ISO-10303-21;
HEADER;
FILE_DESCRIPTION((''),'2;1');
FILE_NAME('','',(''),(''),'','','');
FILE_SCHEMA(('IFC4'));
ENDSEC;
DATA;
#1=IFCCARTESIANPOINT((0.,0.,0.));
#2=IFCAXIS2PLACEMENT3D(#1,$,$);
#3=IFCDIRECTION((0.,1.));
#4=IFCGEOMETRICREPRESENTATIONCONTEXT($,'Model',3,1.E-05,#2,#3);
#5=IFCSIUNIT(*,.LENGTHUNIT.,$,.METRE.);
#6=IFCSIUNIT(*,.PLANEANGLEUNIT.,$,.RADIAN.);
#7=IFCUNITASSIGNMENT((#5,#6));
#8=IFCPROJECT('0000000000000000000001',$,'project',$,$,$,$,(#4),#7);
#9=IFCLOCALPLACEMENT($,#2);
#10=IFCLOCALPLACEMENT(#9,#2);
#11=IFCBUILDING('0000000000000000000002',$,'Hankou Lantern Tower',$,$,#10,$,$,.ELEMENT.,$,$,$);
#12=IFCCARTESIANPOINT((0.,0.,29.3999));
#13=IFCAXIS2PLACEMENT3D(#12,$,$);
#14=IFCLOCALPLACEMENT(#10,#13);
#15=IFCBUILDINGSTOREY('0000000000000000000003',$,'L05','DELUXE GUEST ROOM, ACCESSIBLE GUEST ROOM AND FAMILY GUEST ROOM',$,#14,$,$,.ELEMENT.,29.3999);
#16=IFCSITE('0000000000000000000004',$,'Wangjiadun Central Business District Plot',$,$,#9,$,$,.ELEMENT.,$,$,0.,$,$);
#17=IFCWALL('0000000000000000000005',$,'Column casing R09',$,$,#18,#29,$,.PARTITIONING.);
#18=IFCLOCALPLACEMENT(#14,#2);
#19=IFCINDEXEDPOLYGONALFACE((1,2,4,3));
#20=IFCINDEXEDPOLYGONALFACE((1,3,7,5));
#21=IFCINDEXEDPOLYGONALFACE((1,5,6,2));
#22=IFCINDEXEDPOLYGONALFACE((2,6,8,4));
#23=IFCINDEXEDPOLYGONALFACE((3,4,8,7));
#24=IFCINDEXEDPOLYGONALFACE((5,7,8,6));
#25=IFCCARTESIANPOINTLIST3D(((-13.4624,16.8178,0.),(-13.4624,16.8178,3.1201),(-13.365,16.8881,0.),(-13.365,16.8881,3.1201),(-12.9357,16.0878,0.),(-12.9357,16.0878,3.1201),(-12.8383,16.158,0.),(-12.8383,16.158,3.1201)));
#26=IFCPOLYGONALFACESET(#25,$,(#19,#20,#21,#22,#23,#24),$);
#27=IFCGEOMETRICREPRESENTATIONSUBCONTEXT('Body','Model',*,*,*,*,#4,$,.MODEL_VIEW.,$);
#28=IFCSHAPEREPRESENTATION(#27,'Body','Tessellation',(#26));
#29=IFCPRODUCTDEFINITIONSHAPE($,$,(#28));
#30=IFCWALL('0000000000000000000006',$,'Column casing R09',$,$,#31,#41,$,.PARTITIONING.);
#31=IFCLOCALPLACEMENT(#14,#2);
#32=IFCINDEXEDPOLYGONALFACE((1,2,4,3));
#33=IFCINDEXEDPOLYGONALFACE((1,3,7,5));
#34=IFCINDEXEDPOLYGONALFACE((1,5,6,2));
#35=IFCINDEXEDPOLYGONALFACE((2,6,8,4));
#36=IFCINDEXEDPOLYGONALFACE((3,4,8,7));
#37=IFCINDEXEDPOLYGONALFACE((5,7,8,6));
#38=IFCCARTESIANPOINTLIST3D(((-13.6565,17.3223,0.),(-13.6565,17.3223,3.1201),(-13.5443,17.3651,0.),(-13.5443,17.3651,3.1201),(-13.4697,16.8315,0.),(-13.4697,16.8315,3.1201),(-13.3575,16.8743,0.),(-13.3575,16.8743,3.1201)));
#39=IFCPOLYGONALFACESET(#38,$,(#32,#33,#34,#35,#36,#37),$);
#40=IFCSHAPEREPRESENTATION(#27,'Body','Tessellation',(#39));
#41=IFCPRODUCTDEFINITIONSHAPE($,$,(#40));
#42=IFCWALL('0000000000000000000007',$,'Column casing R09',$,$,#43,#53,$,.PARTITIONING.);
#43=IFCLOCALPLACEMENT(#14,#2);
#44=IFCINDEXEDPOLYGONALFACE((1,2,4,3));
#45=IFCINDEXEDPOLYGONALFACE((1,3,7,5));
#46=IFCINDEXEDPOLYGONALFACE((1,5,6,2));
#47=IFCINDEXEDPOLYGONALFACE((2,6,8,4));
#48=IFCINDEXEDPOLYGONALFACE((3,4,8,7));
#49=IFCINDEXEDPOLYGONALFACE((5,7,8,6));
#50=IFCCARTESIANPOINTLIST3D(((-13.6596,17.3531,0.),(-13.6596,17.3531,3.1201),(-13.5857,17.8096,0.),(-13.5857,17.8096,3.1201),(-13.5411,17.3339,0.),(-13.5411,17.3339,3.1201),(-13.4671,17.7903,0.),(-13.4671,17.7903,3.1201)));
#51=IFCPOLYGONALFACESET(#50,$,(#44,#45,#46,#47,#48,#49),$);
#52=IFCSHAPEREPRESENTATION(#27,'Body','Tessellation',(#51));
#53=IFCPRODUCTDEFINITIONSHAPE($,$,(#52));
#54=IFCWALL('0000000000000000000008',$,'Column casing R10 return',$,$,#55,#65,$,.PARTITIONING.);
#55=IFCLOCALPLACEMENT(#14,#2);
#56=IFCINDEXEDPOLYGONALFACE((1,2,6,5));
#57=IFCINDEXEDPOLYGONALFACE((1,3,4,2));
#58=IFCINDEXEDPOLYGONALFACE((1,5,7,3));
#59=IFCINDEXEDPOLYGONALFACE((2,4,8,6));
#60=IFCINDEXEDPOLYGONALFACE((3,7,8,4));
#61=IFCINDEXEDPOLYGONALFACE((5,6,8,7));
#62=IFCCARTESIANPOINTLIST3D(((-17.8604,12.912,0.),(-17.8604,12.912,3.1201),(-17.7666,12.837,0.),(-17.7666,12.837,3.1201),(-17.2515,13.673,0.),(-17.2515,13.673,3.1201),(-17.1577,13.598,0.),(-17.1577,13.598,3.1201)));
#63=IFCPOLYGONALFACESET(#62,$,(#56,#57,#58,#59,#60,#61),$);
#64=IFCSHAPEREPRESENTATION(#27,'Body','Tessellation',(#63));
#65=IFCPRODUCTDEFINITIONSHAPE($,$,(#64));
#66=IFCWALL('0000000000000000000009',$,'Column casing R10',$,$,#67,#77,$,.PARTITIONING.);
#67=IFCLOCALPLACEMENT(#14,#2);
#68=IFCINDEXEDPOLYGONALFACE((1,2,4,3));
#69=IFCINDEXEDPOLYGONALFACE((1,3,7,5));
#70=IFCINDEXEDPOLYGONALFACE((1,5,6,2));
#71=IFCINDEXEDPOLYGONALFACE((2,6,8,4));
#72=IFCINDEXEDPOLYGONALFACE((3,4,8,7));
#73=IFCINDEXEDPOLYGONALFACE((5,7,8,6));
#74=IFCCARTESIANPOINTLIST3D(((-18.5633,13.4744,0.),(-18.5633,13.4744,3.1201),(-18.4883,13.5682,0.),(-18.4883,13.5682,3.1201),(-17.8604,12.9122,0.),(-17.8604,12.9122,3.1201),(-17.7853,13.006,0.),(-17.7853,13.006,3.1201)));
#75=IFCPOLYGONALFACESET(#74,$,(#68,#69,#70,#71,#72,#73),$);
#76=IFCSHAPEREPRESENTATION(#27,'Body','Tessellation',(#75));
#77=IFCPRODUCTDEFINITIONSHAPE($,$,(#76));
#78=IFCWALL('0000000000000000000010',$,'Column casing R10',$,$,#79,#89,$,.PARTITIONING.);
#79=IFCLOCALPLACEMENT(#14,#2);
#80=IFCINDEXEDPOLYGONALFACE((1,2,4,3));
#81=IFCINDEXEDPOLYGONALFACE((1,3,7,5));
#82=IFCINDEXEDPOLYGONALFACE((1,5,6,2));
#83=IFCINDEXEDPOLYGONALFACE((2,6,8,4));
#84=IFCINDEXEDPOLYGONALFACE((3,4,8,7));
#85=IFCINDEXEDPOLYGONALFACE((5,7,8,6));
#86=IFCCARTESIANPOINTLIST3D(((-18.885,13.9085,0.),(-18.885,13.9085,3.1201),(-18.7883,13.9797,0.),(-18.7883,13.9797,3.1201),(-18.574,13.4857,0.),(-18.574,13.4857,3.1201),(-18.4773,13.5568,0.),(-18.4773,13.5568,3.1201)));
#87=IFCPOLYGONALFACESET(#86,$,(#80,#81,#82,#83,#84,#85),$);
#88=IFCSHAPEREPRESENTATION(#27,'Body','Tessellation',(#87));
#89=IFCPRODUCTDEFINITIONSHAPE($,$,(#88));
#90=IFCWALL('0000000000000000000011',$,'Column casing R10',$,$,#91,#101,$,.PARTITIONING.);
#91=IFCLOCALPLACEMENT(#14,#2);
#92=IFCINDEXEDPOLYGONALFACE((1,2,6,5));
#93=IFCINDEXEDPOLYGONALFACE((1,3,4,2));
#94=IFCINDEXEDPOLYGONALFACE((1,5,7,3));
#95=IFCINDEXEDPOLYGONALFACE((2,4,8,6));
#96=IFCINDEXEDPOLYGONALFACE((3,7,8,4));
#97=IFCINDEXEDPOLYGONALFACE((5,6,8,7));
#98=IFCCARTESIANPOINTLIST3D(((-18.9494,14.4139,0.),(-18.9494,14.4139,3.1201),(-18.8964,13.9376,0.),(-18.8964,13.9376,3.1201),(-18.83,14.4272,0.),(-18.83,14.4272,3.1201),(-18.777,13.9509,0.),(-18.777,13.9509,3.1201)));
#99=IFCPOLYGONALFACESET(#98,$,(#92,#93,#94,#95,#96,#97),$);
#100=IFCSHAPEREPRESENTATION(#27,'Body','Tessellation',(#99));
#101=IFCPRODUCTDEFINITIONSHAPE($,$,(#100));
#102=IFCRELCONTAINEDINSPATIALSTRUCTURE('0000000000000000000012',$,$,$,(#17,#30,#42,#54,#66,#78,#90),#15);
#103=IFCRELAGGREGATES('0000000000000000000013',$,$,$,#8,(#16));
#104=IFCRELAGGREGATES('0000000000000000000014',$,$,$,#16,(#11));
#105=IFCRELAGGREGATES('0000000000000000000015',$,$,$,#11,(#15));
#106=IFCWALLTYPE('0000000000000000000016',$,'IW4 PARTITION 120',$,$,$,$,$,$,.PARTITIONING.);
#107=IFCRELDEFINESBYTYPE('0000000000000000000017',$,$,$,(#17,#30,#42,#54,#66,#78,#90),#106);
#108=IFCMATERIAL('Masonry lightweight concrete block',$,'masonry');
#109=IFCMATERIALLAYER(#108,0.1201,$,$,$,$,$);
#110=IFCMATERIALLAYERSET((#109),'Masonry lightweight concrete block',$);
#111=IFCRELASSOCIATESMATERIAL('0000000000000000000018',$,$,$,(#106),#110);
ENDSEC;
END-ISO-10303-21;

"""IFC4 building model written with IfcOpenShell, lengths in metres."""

from ifc_helpers import new_model, si_unit, direction, frame, frame_2d, origin, place, context, subcontext, project, spatial, rectangle, extrude, material, layer, layer_set, type_object, element, save


model = new_model("IFC4")

# Units and contexts
model_context = context("Model", 3, precision=1e-05, world=origin(), true_north=direction((0.0, 1.0)))
body_context = subcontext(model_context, "Body", "Model", "MODEL_VIEW")
ifc_project = project(units=[si_unit("LENGTHUNIT", "METRE"), si_unit("PLANEANGLEUNIT", "RADIAN")], contexts=[model_context])

# Site, building, storey
site_placement = place(None, origin())
site = spatial("IfcSite", under=ifc_project, at=site_placement, Name="Wangjiadun Central Business District Plot", CompositionType="ELEMENT", RefElevation=0.0)
building_placement = place(site_placement, origin())
building = spatial("IfcBuilding", under=site, at=building_placement, Name="Hankou Lantern Tower", CompositionType="ELEMENT")
storey_placement = place(building_placement, frame((0.0, 0.0, 29.3999)))
storey = spatial("IfcBuildingStorey", under=building, at=storey_placement, Name="L05", Description="DELUXE GUEST ROOM, ACCESSIBLE GUEST ROOM AND FAMILY GUEST ROOM", CompositionType="ELEMENT", Elevation=29.3999)

# Walls
ifc_material_1 = material(Name="Masonry lightweight concrete block", Category="masonry")
ifc_layer_1 = layer(ifc_material_1, 0.1201)
ifc_layer_set_1 = layer_set([ifc_layer_1], Name="Masonry lightweight concrete block")
wall_type_1 = type_object("IfcWallType", Name="IW4 PARTITION 120", PredefinedType="PARTITIONING", material=ifc_layer_set_1)
wall_1_placement = place(storey_placement, frame((-12.887, 16.1228, 0.0), z_axis=(0.0, 0.0, 1.0), x_axis=(-0.585055, 0.810994, 0.0)))
element("IfcWall", 1, at=wall_1_placement, inside=storey, type_object=wall_type_1, Name="Column casing R09", PredefinedType="PARTITIONING", context=body_context, shape_type="SweptSolid", body=[
    extrude(rectangle(XDim=0.9001, YDim=0.1201, at=frame_2d((0.4502, 0.0))), origin(), (0.0, 0.0, 1.0), 3.1201),
])
wall_2_placement = place(storey_placement, frame((-13.4136, 16.8528, 0.0), z_axis=(0.0, 0.0, 1.0), x_axis=(-0.355705, 0.934598, 0.0)))
element("IfcWall", 2, at=wall_2_placement, inside=storey, type_object=wall_type_1, Name="Column casing R09", PredefinedType="PARTITIONING", context=body_context, shape_type="SweptSolid", body=[
    extrude(rectangle(XDim=0.5251, YDim=0.1201, at=frame_2d((0.2627, 0.0))), origin(), (0.0, 0.0, 1.0), 3.1201),
])
wall_3_placement = place(storey_placement, frame((-13.6003, 17.3435, 0.0), z_axis=(0.0, 0.0, 1.0), x_axis=(0.159946, 0.987126, 0.0)))
element("IfcWall", 3, at=wall_3_placement, inside=storey, type_object=wall_type_1, Name="Column casing R09", PredefinedType="PARTITIONING", context=body_context, shape_type="SweptSolid", body=[
    extrude(rectangle(XDim=0.4624, YDim=0.1201, at=frame_2d((0.2312, 0.0))), origin(), (0.0, 0.0, 1.0), 3.1201),
])
wall_4_placement = place(storey_placement, frame((-17.2046, 13.6355, 0.0), z_axis=(0.0, 0.0, 1.0), x_axis=(-0.624756, -0.78082, 0.0)))
element("IfcWall", 4, at=wall_4_placement, inside=storey, type_object=wall_type_1, Name="Column casing R10 return", PredefinedType="PARTITIONING", context=body_context, shape_type="SweptSolid", body=[
    extrude(rectangle(XDim=0.9746, YDim=0.1201, at=frame_2d((0.4873, 0.0))), origin(), (0.0, 0.0, 1.0), 3.1201),
])
wall_5_placement = place(storey_placement, frame((-17.8228, 12.959, 0.0), z_axis=(0.0, 0.0, 1.0), x_axis=(-0.780895, 0.624662, 0.0)))
element("IfcWall", 5, at=wall_5_placement, inside=storey, type_object=wall_type_1, Name="Column casing R10", PredefinedType="PARTITIONING", context=body_context, shape_type="SweptSolid", body=[
    extrude(rectangle(XDim=0.9001, YDim=0.1201, at=frame_2d((0.4502, 0.0))), origin(), (0.0, 0.0, 1.0), 3.1201),
])
wall_6_placement = place(storey_placement, frame((-18.5256, 13.5212, 0.0), z_axis=(0.0, 0.0, 1.0), x_axis=(-0.592533, 0.805547, 0.0)))
element("IfcWall", 6, at=wall_6_placement, inside=storey, type_object=wall_type_1, Name="Column casing R10", PredefinedType="PARTITIONING", context=body_context, shape_type="SweptSolid", body=[
    extrude(rectangle(XDim=0.5249, YDim=0.1201, at=frame_2d((0.2625, 0.0))), origin(), (0.0, 0.0, 1.0), 3.1201),
])
wall_7_placement = place(storey_placement, frame((-18.8367, 13.9441, 0.0), z_axis=(0.0, 0.0, 1.0), x_axis=(-0.110543, 0.993871, 0.0)))
element("IfcWall", 7, at=wall_7_placement, inside=storey, type_object=wall_type_1, Name="Column casing R10", PredefinedType="PARTITIONING", context=body_context, shape_type="SweptSolid", body=[
    extrude(rectangle(XDim=0.4792, YDim=0.1201, at=frame_2d((0.2397, 0.0))), origin(), (0.0, 0.0, 1.0), 3.1201),
])

save(model, "model.ifc")
